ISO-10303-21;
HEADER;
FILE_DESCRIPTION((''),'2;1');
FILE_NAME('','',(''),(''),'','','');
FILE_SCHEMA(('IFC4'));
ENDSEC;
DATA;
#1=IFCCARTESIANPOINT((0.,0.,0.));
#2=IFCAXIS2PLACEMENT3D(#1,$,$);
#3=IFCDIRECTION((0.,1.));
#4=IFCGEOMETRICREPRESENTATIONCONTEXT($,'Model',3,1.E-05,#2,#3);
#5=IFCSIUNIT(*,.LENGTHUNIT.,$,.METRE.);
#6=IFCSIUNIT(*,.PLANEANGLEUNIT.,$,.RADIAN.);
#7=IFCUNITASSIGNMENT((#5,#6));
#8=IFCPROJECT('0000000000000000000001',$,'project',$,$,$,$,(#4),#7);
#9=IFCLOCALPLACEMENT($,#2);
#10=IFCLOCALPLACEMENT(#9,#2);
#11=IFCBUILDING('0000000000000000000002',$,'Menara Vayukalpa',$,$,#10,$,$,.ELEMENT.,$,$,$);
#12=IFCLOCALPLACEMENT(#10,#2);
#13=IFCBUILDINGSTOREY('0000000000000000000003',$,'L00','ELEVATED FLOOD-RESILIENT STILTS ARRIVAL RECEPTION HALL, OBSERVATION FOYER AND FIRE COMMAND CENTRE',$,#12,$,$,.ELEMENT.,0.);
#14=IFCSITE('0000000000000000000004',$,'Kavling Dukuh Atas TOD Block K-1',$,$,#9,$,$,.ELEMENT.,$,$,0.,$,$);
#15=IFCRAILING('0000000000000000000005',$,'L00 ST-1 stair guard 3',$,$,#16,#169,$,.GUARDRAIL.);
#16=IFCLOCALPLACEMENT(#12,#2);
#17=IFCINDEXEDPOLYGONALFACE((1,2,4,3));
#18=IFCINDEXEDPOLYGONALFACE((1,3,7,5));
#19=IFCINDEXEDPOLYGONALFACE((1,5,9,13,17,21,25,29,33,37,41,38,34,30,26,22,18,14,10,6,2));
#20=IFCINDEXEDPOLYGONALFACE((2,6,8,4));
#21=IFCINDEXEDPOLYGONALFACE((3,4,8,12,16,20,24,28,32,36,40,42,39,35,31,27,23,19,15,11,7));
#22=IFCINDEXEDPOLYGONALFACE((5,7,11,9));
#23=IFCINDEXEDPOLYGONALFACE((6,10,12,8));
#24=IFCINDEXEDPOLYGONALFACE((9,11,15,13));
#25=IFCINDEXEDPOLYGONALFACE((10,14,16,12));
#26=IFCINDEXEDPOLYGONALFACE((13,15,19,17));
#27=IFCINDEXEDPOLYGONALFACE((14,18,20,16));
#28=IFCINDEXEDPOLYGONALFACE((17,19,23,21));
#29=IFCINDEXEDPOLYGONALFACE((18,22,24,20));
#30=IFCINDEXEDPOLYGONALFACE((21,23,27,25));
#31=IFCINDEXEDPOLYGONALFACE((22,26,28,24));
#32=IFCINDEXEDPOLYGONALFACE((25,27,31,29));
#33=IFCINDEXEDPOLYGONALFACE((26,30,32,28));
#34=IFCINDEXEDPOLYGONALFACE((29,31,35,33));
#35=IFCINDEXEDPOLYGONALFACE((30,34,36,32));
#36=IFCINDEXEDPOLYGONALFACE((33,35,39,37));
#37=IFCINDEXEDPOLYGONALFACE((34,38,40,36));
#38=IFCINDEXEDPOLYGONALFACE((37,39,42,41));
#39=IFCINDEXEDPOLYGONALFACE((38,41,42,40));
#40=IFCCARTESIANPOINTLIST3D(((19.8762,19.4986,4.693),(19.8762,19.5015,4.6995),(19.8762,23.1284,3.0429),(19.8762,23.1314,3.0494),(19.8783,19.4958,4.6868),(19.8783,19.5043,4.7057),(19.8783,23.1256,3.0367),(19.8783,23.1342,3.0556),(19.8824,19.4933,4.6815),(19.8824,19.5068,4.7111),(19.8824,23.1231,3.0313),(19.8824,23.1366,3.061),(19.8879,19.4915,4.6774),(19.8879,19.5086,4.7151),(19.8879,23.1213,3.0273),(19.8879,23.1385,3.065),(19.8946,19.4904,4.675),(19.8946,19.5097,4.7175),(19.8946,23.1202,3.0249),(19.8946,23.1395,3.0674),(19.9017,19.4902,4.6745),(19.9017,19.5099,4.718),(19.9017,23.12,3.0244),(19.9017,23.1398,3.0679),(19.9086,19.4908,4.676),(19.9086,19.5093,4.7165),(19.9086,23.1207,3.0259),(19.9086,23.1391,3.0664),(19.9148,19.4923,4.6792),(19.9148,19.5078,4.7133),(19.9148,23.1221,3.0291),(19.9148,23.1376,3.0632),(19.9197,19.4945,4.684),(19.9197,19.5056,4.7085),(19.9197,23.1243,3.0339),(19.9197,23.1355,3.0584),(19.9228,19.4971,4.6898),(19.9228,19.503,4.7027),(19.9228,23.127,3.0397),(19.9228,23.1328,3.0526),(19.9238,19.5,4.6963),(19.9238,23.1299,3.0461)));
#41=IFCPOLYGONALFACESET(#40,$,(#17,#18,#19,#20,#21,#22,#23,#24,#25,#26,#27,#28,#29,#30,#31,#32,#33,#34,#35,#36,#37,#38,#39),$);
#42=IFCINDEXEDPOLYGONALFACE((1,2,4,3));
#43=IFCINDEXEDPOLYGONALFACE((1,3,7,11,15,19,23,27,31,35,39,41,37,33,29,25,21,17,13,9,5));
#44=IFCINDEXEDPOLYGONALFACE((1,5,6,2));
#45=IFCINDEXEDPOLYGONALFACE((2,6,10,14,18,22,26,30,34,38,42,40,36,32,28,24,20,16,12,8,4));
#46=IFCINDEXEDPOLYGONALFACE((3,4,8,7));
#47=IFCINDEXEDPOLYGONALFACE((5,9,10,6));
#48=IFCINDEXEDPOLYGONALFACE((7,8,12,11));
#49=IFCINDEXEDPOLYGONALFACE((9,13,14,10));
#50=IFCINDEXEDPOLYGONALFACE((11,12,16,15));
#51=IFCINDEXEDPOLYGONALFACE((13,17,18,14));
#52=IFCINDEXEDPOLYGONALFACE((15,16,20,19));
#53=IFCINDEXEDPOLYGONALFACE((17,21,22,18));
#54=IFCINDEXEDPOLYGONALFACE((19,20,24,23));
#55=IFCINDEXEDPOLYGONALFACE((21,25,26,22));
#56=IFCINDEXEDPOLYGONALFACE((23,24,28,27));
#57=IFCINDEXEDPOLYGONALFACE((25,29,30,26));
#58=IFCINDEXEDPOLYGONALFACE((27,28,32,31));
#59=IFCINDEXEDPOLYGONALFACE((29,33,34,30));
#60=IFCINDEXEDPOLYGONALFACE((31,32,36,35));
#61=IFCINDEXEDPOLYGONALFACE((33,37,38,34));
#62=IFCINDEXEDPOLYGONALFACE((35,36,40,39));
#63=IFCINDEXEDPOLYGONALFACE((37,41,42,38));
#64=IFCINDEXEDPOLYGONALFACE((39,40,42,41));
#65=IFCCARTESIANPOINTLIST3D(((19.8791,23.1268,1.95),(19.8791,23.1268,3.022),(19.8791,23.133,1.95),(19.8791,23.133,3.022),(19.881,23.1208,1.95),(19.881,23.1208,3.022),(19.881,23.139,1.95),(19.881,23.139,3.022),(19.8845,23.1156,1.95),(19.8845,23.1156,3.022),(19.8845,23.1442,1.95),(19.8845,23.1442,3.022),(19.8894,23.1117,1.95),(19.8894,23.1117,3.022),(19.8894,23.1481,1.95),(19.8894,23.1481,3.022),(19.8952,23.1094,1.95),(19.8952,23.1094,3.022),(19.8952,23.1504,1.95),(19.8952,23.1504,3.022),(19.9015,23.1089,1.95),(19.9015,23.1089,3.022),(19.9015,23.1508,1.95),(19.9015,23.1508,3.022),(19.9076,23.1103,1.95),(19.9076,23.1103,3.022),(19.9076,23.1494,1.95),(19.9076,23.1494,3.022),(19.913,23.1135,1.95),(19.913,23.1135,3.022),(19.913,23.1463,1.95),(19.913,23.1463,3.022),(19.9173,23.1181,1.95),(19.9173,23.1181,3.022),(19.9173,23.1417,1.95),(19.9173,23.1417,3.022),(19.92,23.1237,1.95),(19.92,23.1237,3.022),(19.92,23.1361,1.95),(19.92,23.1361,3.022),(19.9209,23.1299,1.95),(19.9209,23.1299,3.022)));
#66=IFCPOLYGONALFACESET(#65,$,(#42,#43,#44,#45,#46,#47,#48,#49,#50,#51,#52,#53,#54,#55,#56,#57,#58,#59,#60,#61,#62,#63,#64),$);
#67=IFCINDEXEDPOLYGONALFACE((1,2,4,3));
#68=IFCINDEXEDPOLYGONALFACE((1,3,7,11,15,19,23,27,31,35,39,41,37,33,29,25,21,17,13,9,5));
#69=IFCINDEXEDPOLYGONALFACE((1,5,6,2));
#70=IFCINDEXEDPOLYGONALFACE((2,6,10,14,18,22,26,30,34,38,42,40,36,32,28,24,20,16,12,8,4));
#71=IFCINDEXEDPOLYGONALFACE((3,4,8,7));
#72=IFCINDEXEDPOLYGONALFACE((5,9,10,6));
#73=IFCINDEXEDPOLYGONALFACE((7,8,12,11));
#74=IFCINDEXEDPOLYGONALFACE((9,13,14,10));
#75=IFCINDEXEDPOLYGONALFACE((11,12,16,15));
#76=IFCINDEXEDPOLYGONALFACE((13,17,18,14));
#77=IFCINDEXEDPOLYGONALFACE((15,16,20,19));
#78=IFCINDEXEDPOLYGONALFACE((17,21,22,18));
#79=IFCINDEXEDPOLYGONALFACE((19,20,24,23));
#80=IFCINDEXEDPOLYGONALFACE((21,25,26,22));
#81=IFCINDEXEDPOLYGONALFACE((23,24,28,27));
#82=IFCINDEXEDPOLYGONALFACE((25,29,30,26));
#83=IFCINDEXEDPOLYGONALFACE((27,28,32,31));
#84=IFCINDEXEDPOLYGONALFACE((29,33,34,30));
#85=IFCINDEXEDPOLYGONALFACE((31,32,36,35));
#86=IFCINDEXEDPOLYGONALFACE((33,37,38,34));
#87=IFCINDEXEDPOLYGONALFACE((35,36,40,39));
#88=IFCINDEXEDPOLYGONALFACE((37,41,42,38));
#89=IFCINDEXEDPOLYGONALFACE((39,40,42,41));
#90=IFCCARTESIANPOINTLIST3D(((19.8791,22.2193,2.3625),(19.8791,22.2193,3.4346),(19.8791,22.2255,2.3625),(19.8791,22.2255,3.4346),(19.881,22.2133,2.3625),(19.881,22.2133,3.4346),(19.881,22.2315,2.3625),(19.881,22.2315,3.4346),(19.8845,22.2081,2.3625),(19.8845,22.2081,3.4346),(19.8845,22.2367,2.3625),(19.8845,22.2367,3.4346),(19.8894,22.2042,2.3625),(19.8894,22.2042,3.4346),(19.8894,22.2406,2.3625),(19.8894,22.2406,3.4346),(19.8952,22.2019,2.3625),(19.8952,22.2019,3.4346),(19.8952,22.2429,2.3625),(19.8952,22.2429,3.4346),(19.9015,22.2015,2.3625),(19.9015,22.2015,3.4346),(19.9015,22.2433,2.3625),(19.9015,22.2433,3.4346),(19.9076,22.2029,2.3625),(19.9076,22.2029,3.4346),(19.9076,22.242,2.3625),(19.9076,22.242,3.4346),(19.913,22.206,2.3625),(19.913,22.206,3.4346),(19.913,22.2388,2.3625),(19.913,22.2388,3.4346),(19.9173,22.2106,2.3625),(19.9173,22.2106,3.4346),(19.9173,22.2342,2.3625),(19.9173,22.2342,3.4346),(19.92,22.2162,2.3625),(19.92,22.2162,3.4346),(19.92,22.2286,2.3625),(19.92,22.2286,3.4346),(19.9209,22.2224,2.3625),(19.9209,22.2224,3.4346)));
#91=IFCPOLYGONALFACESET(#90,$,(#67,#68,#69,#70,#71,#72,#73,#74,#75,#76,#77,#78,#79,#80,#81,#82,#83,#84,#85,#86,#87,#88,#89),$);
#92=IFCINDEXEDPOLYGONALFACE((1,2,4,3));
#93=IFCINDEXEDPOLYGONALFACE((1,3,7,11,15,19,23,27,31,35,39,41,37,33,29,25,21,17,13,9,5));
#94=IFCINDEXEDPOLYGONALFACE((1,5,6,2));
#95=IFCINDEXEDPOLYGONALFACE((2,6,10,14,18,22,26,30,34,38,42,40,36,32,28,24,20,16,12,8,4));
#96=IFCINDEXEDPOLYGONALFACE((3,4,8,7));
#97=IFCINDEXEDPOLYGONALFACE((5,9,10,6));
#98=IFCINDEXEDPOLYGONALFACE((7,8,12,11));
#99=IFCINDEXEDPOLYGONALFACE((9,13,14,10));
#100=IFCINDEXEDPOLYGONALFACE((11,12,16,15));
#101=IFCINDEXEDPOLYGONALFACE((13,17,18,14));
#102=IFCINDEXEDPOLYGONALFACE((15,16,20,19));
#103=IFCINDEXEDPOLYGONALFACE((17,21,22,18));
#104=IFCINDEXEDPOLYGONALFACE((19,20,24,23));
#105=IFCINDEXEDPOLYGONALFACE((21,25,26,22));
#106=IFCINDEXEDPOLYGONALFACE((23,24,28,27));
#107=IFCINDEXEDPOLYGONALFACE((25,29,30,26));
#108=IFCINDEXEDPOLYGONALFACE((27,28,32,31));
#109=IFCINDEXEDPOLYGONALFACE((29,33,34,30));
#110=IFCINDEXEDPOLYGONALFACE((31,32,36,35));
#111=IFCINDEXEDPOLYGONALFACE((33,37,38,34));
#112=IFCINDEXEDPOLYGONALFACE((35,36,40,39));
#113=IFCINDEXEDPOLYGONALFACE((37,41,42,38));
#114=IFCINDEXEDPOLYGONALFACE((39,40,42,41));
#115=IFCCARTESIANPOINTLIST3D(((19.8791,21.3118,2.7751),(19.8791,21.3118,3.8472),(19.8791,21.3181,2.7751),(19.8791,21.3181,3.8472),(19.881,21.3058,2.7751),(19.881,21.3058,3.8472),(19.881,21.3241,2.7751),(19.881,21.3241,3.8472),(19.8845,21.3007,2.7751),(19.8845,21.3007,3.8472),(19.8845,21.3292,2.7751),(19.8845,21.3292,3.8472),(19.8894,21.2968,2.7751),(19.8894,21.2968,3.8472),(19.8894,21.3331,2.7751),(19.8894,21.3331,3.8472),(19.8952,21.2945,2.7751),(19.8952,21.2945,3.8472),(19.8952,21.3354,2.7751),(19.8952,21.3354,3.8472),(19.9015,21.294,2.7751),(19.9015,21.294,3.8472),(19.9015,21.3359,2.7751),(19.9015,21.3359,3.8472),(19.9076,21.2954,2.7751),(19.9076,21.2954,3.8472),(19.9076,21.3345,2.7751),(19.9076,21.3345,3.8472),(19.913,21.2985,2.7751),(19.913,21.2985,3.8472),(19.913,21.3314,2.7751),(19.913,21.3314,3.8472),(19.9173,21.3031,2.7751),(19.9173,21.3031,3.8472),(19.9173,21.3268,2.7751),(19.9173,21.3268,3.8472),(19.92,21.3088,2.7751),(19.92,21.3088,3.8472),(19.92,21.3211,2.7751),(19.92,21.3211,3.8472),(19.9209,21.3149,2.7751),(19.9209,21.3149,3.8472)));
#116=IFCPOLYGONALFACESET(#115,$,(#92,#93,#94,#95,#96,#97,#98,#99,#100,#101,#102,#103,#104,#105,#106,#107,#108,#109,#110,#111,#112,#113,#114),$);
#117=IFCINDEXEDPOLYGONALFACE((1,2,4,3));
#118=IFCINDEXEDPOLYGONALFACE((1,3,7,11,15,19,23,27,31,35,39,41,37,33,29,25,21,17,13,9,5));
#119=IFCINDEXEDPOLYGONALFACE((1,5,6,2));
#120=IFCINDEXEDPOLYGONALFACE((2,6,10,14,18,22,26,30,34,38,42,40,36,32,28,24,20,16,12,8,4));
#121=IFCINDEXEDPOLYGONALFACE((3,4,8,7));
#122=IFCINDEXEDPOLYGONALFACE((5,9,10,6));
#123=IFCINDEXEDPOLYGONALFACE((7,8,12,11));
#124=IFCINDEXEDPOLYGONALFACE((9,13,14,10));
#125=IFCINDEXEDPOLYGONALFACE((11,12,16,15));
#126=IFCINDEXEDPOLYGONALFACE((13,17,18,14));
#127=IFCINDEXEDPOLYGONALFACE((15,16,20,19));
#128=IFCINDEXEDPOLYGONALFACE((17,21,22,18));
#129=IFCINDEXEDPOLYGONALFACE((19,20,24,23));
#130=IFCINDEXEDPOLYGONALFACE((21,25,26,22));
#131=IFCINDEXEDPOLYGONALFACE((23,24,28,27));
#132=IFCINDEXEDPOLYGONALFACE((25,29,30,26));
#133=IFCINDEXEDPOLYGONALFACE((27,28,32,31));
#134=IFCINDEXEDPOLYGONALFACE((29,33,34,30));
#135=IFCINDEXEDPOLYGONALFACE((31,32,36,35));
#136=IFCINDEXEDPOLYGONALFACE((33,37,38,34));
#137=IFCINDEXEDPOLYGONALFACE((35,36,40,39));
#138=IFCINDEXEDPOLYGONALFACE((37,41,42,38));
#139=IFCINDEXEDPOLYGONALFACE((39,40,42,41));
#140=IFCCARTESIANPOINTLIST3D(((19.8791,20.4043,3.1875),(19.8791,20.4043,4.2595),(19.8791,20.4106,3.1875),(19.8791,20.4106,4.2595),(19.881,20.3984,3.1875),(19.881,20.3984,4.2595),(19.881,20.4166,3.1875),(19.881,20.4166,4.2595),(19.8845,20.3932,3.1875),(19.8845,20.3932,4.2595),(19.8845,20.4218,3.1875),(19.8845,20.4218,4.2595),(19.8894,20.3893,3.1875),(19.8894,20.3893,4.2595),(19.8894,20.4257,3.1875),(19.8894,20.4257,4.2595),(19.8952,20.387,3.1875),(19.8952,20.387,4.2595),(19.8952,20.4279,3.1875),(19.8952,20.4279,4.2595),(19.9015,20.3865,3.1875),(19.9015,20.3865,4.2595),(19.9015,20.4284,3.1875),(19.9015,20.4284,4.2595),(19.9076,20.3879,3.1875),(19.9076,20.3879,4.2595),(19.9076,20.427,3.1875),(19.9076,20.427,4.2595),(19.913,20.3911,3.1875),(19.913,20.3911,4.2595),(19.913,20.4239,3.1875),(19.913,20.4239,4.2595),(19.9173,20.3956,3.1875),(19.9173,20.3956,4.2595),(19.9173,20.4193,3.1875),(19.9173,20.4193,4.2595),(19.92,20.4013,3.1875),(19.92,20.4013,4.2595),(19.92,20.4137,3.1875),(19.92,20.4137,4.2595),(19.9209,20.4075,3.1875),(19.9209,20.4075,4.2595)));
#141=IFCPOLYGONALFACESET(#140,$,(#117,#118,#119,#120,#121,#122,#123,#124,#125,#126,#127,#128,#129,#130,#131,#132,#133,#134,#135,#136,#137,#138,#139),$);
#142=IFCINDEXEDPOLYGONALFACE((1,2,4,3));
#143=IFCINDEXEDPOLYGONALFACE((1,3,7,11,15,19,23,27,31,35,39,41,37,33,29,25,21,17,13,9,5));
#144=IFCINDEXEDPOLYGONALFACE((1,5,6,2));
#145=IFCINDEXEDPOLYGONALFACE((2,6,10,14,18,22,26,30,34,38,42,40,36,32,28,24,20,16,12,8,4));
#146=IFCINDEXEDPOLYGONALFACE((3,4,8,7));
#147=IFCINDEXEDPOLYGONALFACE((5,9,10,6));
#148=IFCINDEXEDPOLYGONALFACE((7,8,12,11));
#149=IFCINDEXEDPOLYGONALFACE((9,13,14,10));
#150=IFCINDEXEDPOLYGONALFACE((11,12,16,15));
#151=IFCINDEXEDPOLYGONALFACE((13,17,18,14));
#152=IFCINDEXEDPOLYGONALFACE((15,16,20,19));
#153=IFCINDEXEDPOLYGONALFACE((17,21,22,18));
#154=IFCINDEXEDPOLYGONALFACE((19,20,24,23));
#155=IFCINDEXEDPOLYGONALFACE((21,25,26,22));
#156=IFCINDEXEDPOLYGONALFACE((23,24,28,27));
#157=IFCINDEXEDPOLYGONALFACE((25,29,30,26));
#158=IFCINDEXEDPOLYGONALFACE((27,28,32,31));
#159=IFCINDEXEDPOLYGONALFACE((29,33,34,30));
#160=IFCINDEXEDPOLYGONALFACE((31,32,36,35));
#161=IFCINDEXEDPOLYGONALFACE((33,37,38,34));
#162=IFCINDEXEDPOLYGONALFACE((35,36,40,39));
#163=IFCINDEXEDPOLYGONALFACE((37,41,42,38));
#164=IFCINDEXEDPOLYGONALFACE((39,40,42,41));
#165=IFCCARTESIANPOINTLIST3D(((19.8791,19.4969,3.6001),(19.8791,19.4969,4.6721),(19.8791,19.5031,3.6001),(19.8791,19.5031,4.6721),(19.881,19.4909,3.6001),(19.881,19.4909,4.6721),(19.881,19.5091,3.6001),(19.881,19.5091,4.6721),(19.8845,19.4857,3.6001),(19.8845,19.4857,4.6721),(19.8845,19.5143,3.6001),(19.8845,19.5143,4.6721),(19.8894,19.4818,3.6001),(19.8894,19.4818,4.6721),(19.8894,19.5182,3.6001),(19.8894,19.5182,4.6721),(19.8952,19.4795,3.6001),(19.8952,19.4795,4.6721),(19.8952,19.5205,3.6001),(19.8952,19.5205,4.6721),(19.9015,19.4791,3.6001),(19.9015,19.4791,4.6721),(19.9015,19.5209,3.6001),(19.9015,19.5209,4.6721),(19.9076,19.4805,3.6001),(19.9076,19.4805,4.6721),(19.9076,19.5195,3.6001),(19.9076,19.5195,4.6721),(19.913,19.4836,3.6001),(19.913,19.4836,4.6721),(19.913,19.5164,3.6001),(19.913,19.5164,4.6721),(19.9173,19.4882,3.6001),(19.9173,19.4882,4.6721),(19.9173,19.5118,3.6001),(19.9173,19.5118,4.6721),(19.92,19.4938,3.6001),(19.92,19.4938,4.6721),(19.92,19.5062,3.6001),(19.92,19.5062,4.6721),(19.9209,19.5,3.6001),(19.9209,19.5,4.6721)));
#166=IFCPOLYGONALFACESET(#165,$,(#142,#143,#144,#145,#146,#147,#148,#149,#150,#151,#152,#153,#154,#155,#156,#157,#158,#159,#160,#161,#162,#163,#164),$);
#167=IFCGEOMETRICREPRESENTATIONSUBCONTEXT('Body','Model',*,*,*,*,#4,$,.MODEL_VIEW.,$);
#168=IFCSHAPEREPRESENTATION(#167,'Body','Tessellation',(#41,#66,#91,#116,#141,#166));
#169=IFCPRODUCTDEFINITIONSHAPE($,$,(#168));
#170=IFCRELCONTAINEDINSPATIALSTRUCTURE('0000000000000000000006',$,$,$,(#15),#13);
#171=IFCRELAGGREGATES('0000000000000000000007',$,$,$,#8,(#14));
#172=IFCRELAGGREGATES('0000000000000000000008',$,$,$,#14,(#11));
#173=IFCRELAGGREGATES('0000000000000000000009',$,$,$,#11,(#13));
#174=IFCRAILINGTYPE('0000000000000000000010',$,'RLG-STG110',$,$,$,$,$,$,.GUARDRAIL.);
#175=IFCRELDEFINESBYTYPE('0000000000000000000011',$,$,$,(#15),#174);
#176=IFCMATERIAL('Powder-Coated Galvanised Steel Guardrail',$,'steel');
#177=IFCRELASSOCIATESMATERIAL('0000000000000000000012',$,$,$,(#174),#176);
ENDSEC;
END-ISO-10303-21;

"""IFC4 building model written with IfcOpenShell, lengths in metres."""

from ifc_helpers import new_model, si_unit, direction, frame, origin, origin_2d, place, context, subcontext, project, spatial, circle, extrude, material, type_object, element, save


model = new_model("IFC4")

# Units and contexts
model_context = context("Model", 3, precision=1e-05, world=origin(), true_north=direction((0.0, 1.0)))
body_context = subcontext(model_context, "Body", "Model", "MODEL_VIEW")
ifc_project = project(units=[si_unit("LENGTHUNIT", "METRE"), si_unit("PLANEANGLEUNIT", "RADIAN")], contexts=[model_context])

# Site, building, storey
site_placement = place(None, origin())
site = spatial("IfcSite", under=ifc_project, at=site_placement, Name="Kavling Dukuh Atas TOD Block K-1", CompositionType="ELEMENT", RefElevation=0.0)
building_placement = place(site_placement, origin())
building = spatial("IfcBuilding", under=site, at=building_placement, Name="Menara Vayukalpa", CompositionType="ELEMENT")
storey_placement = place(building_placement, origin())
storey = spatial("IfcBuildingStorey", under=building, at=storey_placement, Name="L00", Description="ELEVATED FLOOD-RESILIENT STILTS ARRIVAL RECEPTION HALL, OBSERVATION FOYER AND FIRE COMMAND CENTRE", CompositionType="ELEMENT", Elevation=0.0)

# Railing
ifc_material_1 = material(Name="Powder-Coated Galvanised Steel Guardrail", Category="steel")
railing_type_1 = type_object("IfcRailingType", Name="RLG-STG110", PredefinedType="GUARDRAIL", material=ifc_material_1)
railing_1_placement = place(storey_placement, frame((19.8999, 23.1299, 1.95)))
element("IfcRailing", 1, at=railing_1_placement, inside=storey, type_object=railing_type_1, Name="L00 ST-1 stair guard 3", PredefinedType="GUARDRAIL", context=body_context, shape_type="SweptSolid", body=[
    extrude(circle(Radius=0.0239, at=origin_2d()), frame((0.0, 0.0, 1.0962), z_axis=(0.0, -0.910348, 0.413844), x_axis=(1.0, 0.0, 0.0)), (0.0, 0.0, 1.0), 3.9873),
    extrude(circle(Radius=0.021, at=origin_2d()), origin(), (0.0, 0.0, 1.0), 1.072),
    extrude(circle(Radius=0.021, at=origin_2d()), frame((0.0, -0.9075, 0.4126)), (0.0, 0.0, 1.0), 1.072),
    extrude(circle(Radius=0.021, at=origin_2d()), frame((0.0, -1.8149, 0.8252)), (0.0, 0.0, 1.0), 1.072),
    extrude(circle(Radius=0.021, at=origin_2d()), frame((0.0, -2.7224, 1.2375)), (0.0, 0.0, 1.0), 1.072),
    extrude(circle(Radius=0.021, at=origin_2d()), frame((0.0, -3.6299, 1.6501)), (0.0, 0.0, 1.0), 1.072),
])

save(model, "model.ifc")
